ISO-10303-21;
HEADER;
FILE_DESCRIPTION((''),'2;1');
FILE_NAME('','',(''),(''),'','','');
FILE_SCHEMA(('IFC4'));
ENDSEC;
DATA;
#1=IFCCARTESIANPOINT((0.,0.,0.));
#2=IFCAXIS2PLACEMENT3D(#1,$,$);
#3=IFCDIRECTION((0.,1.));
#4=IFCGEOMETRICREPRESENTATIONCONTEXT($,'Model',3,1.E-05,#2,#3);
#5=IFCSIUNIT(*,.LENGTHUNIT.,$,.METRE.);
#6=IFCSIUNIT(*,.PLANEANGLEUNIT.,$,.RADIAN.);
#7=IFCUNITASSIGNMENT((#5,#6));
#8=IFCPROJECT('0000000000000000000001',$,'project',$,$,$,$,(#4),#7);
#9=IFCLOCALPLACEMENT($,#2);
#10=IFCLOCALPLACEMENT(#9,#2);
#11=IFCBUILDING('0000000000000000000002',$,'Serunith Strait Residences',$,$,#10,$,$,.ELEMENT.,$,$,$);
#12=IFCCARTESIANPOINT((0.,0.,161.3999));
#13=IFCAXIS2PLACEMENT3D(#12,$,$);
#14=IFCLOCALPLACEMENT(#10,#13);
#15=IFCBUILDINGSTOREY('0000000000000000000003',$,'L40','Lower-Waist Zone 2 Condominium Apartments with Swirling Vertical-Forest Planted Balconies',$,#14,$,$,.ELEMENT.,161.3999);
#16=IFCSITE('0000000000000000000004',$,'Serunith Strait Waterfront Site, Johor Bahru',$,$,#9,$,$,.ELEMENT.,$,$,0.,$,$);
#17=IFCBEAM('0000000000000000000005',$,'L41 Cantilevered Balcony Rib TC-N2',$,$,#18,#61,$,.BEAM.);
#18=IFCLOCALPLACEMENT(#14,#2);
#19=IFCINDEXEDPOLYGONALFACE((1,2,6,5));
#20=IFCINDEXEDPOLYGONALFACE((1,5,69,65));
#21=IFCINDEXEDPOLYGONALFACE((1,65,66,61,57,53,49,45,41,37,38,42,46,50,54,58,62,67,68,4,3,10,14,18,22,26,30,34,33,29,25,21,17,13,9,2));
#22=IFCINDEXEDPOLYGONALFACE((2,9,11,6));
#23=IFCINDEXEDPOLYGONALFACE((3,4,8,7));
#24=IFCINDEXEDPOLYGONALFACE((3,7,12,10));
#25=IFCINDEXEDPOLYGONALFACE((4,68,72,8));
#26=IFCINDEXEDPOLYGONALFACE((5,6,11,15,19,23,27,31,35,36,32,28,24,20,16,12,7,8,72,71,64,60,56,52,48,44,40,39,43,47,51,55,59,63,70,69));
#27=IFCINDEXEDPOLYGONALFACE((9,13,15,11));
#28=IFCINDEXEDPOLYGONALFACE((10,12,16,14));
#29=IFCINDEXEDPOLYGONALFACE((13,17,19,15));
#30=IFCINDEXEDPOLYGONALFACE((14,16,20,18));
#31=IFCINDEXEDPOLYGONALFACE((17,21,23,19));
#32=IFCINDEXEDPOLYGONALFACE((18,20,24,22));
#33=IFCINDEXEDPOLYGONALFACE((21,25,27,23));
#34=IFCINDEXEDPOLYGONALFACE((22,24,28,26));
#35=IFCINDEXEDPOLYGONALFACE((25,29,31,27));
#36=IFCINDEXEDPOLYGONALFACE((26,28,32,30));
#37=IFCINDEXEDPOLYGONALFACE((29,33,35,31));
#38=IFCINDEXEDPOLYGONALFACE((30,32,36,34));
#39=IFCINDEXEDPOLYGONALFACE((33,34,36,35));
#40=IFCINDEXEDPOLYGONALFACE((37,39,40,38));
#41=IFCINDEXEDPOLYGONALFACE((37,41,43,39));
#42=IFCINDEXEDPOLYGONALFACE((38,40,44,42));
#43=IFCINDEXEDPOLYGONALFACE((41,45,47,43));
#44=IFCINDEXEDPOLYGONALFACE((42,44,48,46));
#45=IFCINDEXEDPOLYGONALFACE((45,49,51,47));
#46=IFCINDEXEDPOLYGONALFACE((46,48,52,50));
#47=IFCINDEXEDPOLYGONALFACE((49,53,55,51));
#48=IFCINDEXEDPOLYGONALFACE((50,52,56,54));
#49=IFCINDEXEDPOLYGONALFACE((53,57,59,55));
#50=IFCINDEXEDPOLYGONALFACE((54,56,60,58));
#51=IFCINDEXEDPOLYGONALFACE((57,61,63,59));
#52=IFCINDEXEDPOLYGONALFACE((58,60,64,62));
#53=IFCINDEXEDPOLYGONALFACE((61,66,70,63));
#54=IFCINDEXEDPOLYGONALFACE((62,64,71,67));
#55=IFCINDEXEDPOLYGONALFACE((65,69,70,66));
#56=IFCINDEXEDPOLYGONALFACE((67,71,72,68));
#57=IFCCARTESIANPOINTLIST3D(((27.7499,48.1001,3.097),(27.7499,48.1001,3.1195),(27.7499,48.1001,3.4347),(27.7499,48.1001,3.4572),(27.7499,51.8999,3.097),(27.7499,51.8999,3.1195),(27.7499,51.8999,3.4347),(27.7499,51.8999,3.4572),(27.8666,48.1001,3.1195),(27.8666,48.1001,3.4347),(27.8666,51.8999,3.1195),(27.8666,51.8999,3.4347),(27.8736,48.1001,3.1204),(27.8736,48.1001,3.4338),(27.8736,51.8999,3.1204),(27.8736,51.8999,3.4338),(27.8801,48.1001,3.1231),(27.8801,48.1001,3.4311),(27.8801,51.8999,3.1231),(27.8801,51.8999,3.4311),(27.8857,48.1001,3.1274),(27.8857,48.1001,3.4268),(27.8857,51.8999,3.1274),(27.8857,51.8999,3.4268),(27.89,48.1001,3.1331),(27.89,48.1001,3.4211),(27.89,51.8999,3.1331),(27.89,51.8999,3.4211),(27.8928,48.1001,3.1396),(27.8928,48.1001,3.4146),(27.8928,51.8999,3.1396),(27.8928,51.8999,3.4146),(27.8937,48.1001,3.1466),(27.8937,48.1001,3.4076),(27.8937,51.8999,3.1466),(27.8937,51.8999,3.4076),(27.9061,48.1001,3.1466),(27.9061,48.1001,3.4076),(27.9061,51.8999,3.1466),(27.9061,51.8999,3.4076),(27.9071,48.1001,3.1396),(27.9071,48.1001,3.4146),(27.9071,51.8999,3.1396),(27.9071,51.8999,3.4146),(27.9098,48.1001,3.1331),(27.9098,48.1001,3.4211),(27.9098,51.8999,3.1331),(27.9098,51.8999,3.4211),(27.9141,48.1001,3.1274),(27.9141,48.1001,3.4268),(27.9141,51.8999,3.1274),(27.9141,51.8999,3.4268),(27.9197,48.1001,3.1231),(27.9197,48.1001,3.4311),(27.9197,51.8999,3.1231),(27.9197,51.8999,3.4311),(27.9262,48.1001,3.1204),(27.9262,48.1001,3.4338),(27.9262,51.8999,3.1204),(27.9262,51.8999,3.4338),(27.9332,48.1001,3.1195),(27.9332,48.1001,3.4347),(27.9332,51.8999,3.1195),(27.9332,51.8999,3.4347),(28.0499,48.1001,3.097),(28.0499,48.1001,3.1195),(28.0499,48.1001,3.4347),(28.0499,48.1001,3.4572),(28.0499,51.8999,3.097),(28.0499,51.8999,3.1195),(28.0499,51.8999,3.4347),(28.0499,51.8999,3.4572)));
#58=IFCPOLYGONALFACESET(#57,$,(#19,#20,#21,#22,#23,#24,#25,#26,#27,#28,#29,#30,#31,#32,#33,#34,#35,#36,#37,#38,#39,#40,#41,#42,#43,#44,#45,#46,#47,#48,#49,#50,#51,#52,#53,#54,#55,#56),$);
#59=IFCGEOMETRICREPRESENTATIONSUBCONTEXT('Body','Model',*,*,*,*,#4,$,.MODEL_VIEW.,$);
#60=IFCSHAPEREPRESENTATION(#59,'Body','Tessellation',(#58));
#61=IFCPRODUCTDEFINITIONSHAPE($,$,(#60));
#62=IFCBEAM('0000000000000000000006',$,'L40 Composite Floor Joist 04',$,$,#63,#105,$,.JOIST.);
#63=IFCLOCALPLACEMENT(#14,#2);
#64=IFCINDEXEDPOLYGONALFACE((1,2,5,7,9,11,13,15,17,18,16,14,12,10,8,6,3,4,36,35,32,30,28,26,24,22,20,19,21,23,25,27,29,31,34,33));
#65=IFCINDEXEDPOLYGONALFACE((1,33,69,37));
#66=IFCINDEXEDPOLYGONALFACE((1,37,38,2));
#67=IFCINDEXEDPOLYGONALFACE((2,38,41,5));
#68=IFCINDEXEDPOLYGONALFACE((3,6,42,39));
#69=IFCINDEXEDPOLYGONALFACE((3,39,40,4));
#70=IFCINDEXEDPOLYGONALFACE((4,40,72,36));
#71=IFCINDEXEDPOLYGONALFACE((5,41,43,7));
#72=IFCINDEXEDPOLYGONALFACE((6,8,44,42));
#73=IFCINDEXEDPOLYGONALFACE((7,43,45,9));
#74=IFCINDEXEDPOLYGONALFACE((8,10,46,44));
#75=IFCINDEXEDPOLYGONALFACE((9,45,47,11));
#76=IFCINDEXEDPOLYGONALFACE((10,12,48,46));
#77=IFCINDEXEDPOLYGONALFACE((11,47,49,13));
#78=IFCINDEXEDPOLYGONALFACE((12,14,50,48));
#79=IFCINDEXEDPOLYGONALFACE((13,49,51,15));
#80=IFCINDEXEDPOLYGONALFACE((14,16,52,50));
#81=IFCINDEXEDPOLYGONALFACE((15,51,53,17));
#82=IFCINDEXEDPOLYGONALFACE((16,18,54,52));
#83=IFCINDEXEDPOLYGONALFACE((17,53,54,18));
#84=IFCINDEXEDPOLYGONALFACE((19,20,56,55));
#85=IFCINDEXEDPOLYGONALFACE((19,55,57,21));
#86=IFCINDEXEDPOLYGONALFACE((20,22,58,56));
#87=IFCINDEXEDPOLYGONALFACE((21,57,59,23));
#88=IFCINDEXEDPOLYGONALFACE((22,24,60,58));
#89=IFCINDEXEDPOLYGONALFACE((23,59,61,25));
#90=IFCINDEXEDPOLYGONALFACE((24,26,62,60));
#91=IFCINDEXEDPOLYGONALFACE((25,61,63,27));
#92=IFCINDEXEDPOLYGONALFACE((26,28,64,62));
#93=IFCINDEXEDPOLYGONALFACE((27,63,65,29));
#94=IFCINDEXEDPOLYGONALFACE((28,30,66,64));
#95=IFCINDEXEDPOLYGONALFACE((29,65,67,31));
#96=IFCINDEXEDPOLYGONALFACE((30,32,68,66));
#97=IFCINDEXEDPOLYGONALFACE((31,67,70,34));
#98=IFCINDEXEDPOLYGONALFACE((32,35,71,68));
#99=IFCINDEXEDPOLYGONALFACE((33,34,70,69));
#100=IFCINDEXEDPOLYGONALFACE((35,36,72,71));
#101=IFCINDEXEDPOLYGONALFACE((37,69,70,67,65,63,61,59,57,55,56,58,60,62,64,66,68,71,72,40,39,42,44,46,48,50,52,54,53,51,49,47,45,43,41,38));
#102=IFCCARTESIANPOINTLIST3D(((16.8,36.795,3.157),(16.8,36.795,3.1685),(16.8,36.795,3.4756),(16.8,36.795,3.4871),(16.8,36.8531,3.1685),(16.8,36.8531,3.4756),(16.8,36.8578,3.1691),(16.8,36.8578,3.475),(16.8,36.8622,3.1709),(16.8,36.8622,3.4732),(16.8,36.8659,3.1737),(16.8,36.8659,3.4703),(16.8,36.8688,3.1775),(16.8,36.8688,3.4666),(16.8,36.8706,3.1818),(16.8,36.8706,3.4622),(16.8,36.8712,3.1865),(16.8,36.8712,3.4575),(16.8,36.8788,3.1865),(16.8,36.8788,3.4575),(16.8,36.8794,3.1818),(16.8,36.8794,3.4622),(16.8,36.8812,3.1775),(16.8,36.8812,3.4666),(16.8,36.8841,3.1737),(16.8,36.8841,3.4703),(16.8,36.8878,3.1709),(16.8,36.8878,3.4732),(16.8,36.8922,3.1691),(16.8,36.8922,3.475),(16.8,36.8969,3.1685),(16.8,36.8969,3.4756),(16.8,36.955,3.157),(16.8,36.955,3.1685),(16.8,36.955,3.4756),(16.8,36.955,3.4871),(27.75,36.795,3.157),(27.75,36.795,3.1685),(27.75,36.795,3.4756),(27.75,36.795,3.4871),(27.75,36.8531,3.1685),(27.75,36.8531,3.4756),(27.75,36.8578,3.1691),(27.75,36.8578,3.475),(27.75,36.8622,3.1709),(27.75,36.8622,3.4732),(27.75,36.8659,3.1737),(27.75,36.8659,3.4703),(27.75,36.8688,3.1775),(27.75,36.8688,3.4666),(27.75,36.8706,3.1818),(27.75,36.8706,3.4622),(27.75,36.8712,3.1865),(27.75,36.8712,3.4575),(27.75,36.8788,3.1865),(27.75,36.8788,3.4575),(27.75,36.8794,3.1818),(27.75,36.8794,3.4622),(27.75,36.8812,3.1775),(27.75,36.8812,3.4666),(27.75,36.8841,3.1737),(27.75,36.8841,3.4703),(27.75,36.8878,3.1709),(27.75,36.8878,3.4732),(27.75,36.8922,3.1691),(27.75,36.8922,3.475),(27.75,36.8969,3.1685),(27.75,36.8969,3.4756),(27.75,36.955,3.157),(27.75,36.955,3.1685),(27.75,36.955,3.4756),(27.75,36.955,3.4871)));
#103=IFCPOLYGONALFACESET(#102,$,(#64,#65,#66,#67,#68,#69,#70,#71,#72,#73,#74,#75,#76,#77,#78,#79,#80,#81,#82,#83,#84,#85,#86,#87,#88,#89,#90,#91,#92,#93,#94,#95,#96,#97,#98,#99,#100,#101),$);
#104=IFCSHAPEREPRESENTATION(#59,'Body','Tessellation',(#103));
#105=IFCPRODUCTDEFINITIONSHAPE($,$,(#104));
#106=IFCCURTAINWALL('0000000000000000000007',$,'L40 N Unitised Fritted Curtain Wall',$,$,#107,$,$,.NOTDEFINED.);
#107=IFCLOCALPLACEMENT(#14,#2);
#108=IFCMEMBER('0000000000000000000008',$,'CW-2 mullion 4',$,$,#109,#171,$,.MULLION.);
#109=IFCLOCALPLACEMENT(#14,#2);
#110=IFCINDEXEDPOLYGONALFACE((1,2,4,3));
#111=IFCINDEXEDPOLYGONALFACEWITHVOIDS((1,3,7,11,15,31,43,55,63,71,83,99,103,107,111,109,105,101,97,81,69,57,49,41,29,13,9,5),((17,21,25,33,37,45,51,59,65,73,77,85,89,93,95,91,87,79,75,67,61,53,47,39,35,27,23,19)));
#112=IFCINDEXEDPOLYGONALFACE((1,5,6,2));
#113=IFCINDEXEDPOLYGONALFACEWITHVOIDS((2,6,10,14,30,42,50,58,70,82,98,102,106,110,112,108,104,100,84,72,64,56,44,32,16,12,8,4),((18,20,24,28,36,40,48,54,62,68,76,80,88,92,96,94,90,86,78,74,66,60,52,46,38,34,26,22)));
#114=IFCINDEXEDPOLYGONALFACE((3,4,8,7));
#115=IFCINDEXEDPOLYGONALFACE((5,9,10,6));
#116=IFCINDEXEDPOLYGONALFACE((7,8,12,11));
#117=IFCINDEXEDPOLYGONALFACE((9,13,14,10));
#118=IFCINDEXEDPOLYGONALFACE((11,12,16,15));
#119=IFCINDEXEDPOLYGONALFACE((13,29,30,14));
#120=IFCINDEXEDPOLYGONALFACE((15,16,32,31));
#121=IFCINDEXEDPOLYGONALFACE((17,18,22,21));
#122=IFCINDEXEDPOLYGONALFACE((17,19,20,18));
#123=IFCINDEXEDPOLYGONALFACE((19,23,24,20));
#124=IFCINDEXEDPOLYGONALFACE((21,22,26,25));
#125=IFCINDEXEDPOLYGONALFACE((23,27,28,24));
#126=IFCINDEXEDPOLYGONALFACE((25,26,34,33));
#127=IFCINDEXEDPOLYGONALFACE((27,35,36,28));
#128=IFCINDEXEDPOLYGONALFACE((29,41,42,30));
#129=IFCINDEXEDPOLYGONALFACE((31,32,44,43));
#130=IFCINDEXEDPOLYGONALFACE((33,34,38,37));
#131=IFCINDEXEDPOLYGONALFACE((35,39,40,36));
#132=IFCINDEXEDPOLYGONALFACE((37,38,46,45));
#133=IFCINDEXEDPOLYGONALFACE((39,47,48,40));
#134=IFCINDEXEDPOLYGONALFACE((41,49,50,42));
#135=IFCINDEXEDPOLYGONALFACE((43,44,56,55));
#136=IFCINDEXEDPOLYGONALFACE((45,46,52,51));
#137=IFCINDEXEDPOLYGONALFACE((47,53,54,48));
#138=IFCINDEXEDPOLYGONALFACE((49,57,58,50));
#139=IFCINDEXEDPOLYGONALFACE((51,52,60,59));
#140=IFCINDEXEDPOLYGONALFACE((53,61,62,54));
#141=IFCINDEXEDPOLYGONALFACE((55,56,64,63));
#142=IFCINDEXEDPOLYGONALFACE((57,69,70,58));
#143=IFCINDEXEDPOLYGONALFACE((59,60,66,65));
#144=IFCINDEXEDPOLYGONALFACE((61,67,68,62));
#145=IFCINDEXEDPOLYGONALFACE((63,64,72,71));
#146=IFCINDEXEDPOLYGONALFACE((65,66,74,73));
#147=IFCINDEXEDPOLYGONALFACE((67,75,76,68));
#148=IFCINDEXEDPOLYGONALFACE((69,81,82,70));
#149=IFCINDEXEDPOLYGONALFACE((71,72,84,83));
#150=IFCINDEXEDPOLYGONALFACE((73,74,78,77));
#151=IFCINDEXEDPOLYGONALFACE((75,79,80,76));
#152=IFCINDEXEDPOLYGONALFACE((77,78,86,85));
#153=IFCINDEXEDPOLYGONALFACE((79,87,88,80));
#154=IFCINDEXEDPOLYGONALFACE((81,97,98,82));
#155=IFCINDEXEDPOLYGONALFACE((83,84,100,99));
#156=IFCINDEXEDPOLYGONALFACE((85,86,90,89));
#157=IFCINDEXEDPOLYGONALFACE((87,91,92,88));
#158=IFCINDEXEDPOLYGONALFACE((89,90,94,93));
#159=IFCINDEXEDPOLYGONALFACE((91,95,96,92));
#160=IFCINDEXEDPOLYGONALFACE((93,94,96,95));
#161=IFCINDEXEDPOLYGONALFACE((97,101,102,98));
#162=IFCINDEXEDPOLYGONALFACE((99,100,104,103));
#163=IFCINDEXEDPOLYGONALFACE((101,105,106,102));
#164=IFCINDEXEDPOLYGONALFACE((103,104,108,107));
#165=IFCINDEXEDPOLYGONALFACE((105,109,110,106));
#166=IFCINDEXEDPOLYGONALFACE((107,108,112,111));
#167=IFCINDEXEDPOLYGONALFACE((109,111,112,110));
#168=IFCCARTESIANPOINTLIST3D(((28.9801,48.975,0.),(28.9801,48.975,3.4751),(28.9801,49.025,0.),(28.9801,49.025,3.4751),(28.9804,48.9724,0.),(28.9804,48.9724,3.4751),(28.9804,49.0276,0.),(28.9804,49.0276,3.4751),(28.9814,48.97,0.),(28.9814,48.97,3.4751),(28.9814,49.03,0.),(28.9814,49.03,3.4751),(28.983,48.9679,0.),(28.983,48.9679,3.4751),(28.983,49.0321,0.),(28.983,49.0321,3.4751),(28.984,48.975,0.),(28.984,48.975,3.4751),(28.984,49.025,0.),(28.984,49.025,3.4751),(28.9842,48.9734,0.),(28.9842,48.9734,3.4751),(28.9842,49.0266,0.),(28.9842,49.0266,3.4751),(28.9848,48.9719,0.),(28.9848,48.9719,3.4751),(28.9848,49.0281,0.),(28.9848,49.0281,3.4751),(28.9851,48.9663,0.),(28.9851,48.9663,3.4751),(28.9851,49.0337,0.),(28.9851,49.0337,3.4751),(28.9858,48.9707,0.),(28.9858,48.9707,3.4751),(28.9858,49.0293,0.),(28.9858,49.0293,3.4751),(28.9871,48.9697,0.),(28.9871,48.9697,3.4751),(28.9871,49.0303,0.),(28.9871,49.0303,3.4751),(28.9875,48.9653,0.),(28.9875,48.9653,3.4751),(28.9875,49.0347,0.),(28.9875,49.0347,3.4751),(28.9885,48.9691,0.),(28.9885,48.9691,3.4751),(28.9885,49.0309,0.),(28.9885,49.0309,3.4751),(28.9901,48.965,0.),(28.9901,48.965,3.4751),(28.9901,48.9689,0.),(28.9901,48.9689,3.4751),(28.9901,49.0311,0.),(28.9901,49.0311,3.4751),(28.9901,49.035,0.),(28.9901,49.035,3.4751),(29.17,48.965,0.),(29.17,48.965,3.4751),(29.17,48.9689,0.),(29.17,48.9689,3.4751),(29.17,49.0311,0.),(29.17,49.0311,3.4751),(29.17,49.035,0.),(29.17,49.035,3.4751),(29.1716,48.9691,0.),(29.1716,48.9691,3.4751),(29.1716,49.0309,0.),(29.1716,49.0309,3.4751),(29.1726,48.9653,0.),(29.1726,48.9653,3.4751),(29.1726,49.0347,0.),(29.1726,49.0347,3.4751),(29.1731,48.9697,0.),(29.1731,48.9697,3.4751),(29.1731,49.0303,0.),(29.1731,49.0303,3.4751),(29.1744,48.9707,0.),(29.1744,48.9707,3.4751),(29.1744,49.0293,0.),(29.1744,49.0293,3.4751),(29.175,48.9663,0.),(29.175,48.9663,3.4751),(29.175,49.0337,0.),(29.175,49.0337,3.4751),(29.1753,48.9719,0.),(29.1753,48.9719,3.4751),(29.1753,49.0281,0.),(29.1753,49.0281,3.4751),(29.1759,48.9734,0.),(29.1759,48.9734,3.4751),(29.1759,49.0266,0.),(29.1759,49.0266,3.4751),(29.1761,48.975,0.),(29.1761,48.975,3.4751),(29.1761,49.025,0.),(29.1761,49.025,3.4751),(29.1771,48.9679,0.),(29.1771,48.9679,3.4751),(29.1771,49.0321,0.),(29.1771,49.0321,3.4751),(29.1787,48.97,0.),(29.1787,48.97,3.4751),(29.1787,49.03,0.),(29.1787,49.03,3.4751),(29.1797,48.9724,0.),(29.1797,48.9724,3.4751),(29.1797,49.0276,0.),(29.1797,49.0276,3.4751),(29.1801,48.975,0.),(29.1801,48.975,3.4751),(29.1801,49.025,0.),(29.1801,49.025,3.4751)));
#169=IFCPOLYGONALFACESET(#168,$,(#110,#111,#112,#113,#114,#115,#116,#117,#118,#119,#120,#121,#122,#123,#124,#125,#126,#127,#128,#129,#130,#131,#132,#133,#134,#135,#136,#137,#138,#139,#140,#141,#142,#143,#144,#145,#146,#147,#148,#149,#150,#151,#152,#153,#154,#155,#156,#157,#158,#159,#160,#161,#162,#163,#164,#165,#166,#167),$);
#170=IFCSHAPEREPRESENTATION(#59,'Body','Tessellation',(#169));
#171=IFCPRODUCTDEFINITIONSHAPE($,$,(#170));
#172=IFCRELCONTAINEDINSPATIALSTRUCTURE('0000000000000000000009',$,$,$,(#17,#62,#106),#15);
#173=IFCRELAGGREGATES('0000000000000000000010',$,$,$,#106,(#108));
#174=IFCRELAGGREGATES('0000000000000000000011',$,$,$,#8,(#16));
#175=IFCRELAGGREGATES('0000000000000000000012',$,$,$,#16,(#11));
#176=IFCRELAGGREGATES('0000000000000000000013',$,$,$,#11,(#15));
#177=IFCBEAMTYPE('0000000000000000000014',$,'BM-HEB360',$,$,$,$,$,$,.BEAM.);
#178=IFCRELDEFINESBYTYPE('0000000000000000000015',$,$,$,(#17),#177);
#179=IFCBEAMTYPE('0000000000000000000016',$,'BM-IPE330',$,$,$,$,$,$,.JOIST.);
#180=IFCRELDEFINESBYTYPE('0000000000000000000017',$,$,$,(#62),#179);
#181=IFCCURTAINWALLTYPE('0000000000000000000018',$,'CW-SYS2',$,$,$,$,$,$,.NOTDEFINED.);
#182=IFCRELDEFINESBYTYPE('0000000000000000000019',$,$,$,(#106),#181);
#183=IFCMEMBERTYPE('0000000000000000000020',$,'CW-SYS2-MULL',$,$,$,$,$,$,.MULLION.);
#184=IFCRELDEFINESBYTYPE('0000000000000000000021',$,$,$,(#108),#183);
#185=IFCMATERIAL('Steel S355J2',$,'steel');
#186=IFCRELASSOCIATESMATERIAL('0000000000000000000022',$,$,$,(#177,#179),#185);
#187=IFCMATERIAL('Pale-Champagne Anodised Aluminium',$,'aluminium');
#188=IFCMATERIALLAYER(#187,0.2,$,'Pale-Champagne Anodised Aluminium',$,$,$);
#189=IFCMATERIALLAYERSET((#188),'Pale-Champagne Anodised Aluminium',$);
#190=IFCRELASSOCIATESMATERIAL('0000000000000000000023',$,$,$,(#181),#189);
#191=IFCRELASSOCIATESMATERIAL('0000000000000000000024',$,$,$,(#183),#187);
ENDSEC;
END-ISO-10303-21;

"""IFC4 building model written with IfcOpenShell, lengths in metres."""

from ifc_helpers import new_model, si_unit, direction, frame, origin, origin_2d, place, context, subcontext, project, spatial, hollow_rectangle, i_section, extrude, source, transform, mapped, material, layer, layer_set, material_profile, profile_set, type_object, element, aggregate, save


model = new_model("IFC4")

# Units and contexts
model_context = context("Model", 3, precision=1e-05, world=origin(), true_north=direction((0.0, 1.0)))
body_context = subcontext(model_context, "Body", "Model", "MODEL_VIEW")
ifc_project = project(units=[si_unit("LENGTHUNIT", "METRE"), si_unit("PLANEANGLEUNIT", "RADIAN")], contexts=[model_context])

# Site, building, storey
site_placement = place(None, origin())
site = spatial("IfcSite", under=ifc_project, at=site_placement, Name="Serunith Strait Waterfront Site, Johor Bahru", CompositionType="ELEMENT", RefElevation=0.0)
building_placement = place(site_placement, origin())
building = spatial("IfcBuilding", under=site, at=building_placement, Name="Serunith Strait Residences", CompositionType="ELEMENT")
storey_placement = place(building_placement, frame((0.0, 0.0, 161.3999)))
storey = spatial("IfcBuildingStorey", under=building, at=storey_placement, Name="L40", Description="Lower-Waist Zone 2 Condominium Apartments with Swirling Vertical-Forest Planted Balconies", CompositionType="ELEMENT", Elevation=161.3999)

# Beams
ifc_material_1 = material(Name="Steel S355J2", Category="steel")
ifc_material_profile_1 = material_profile(ifc_material_1, i_section(OverallWidth=0.3, OverallDepth=0.3601, WebThickness=0.0125, FlangeThickness=0.0225, FilletRadius=0.0271, at=origin_2d()), Name="HEB 360")
ifc_profile_set_1 = profile_set([ifc_material_profile_1], Name="Steel S355J2")
beam_type_1 = type_object("IfcBeamType", Name="BM-HEB360", PredefinedType="BEAM", material=ifc_profile_set_1)
shared_shape_1 = source(origin(), body_context, "Body", "SweptSolid", [
    extrude(i_section(OverallWidth=0.3, OverallDepth=0.3601, WebThickness=0.0125, FlangeThickness=0.0225, FilletRadius=0.0271, at=origin_2d()), origin(), (0.0, 0.0, 1.0), 3.7998),
])
beam_1_placement = place(storey_placement, frame((27.8999, 48.1001, 3.2771), z_axis=(0.0, 1.0, 0.0), x_axis=(-1.0, 0.0, 0.0)))
element("IfcBeam", 1, at=beam_1_placement, inside=storey, type_object=beam_type_1, Name="L41 Cantilevered Balcony Rib TC-N2", PredefinedType="BEAM", context=body_context, shape_type="MappedRepresentation", body=[
    mapped(shared_shape_1, transform((0.0, 0.0, 0.0), scale=1.0)),
])
ifc_material_profile_2 = material_profile(ifc_material_1, i_section(OverallWidth=0.1599, OverallDepth=0.3301, WebThickness=0.0076, FlangeThickness=0.0115, FilletRadius=0.0181, at=origin_2d()), Name="IPE 330")
ifc_profile_set_2 = profile_set([ifc_material_profile_2], Name="Steel S355J2")
beam_type_2 = type_object("IfcBeamType", Name="BM-IPE330", PredefinedType="JOIST", material=ifc_profile_set_2)
shared_shape_2 = source(origin(), body_context, "Body", "SweptSolid", [
    extrude(i_section(OverallWidth=0.1599, OverallDepth=0.3301, WebThickness=0.0076, FlangeThickness=0.0115, FilletRadius=0.0181, at=origin_2d()), origin(), (0.0, 0.0, 1.0), 10.95),
])
beam_2_placement = place(storey_placement, frame((16.8, 36.875, 3.322), z_axis=(1.0, 0.0, 0.0), x_axis=(0.0, 1.0, 0.0)))
element("IfcBeam", 2, at=beam_2_placement, inside=storey, type_object=beam_type_2, Name="L40 Composite Floor Joist 04", PredefinedType="JOIST", context=body_context, shape_type="MappedRepresentation", body=[
    mapped(shared_shape_2, transform((0.0, 0.0, 0.0), scale=1.0)),
])

# Curtain wall, member
ifc_material_2 = material(Name="Pale-Champagne Anodised Aluminium", Category="aluminium")
ifc_layer_1 = layer(ifc_material_2, 0.2, Name="Pale-Champagne Anodised Aluminium")
ifc_layer_set_1 = layer_set([ifc_layer_1], Name="Pale-Champagne Anodised Aluminium")
curtain_wall_type = type_object("IfcCurtainWallType", Name="CW-SYS2", PredefinedType="NOTDEFINED", material=ifc_layer_set_1)
curtain_wall_placement = place(storey_placement, origin())
curtain_wall = element("IfcCurtainWall", 3, at=curtain_wall_placement, inside=storey, type_object=curtain_wall_type, Name="L40 N Unitised Fritted Curtain Wall", PredefinedType="NOTDEFINED")
ifc_material_profile_3 = material_profile(ifc_material_2, hollow_rectangle(XDim=0.0701, YDim=0.2, WallThickness=0.0039, InnerFilletRadius=0.0061, OuterFilletRadius=0.01, at=origin_2d()), Name="ALU 200x70x4")
ifc_profile_set_3 = profile_set([ifc_material_profile_3], Name="Pale-Champagne Anodised Aluminium")
member_type_1 = type_object("IfcMemberType", Name="CW-SYS2-MULL", PredefinedType="MULLION", material=ifc_profile_set_3)
shared_shape_3 = source(origin(), body_context, "Body", "SweptSolid", [
    extrude(hollow_rectangle(XDim=0.0701, YDim=0.2, WallThickness=0.0039, InnerFilletRadius=0.0061, OuterFilletRadius=0.01, at=origin_2d()), origin(), (0.0, 0.0, 1.0), 3.4751),
])
member_1_placement = place(storey_placement, frame((29.0801, 49.0, 0.0), z_axis=(0.0, 0.0, 1.0), x_axis=(0.0, -1.0, 0.0)))
member_1 = element("IfcMember", 4, at=member_1_placement, type_object=member_type_1, Name="CW-2 mullion 4", PredefinedType="MULLION", context=body_context, shape_type="MappedRepresentation", body=[
    mapped(shared_shape_3, transform((0.0, 0.0, 0.0), scale=1.0)),
])
aggregate(curtain_wall, [member_1])

save(model, "model.ifc")
